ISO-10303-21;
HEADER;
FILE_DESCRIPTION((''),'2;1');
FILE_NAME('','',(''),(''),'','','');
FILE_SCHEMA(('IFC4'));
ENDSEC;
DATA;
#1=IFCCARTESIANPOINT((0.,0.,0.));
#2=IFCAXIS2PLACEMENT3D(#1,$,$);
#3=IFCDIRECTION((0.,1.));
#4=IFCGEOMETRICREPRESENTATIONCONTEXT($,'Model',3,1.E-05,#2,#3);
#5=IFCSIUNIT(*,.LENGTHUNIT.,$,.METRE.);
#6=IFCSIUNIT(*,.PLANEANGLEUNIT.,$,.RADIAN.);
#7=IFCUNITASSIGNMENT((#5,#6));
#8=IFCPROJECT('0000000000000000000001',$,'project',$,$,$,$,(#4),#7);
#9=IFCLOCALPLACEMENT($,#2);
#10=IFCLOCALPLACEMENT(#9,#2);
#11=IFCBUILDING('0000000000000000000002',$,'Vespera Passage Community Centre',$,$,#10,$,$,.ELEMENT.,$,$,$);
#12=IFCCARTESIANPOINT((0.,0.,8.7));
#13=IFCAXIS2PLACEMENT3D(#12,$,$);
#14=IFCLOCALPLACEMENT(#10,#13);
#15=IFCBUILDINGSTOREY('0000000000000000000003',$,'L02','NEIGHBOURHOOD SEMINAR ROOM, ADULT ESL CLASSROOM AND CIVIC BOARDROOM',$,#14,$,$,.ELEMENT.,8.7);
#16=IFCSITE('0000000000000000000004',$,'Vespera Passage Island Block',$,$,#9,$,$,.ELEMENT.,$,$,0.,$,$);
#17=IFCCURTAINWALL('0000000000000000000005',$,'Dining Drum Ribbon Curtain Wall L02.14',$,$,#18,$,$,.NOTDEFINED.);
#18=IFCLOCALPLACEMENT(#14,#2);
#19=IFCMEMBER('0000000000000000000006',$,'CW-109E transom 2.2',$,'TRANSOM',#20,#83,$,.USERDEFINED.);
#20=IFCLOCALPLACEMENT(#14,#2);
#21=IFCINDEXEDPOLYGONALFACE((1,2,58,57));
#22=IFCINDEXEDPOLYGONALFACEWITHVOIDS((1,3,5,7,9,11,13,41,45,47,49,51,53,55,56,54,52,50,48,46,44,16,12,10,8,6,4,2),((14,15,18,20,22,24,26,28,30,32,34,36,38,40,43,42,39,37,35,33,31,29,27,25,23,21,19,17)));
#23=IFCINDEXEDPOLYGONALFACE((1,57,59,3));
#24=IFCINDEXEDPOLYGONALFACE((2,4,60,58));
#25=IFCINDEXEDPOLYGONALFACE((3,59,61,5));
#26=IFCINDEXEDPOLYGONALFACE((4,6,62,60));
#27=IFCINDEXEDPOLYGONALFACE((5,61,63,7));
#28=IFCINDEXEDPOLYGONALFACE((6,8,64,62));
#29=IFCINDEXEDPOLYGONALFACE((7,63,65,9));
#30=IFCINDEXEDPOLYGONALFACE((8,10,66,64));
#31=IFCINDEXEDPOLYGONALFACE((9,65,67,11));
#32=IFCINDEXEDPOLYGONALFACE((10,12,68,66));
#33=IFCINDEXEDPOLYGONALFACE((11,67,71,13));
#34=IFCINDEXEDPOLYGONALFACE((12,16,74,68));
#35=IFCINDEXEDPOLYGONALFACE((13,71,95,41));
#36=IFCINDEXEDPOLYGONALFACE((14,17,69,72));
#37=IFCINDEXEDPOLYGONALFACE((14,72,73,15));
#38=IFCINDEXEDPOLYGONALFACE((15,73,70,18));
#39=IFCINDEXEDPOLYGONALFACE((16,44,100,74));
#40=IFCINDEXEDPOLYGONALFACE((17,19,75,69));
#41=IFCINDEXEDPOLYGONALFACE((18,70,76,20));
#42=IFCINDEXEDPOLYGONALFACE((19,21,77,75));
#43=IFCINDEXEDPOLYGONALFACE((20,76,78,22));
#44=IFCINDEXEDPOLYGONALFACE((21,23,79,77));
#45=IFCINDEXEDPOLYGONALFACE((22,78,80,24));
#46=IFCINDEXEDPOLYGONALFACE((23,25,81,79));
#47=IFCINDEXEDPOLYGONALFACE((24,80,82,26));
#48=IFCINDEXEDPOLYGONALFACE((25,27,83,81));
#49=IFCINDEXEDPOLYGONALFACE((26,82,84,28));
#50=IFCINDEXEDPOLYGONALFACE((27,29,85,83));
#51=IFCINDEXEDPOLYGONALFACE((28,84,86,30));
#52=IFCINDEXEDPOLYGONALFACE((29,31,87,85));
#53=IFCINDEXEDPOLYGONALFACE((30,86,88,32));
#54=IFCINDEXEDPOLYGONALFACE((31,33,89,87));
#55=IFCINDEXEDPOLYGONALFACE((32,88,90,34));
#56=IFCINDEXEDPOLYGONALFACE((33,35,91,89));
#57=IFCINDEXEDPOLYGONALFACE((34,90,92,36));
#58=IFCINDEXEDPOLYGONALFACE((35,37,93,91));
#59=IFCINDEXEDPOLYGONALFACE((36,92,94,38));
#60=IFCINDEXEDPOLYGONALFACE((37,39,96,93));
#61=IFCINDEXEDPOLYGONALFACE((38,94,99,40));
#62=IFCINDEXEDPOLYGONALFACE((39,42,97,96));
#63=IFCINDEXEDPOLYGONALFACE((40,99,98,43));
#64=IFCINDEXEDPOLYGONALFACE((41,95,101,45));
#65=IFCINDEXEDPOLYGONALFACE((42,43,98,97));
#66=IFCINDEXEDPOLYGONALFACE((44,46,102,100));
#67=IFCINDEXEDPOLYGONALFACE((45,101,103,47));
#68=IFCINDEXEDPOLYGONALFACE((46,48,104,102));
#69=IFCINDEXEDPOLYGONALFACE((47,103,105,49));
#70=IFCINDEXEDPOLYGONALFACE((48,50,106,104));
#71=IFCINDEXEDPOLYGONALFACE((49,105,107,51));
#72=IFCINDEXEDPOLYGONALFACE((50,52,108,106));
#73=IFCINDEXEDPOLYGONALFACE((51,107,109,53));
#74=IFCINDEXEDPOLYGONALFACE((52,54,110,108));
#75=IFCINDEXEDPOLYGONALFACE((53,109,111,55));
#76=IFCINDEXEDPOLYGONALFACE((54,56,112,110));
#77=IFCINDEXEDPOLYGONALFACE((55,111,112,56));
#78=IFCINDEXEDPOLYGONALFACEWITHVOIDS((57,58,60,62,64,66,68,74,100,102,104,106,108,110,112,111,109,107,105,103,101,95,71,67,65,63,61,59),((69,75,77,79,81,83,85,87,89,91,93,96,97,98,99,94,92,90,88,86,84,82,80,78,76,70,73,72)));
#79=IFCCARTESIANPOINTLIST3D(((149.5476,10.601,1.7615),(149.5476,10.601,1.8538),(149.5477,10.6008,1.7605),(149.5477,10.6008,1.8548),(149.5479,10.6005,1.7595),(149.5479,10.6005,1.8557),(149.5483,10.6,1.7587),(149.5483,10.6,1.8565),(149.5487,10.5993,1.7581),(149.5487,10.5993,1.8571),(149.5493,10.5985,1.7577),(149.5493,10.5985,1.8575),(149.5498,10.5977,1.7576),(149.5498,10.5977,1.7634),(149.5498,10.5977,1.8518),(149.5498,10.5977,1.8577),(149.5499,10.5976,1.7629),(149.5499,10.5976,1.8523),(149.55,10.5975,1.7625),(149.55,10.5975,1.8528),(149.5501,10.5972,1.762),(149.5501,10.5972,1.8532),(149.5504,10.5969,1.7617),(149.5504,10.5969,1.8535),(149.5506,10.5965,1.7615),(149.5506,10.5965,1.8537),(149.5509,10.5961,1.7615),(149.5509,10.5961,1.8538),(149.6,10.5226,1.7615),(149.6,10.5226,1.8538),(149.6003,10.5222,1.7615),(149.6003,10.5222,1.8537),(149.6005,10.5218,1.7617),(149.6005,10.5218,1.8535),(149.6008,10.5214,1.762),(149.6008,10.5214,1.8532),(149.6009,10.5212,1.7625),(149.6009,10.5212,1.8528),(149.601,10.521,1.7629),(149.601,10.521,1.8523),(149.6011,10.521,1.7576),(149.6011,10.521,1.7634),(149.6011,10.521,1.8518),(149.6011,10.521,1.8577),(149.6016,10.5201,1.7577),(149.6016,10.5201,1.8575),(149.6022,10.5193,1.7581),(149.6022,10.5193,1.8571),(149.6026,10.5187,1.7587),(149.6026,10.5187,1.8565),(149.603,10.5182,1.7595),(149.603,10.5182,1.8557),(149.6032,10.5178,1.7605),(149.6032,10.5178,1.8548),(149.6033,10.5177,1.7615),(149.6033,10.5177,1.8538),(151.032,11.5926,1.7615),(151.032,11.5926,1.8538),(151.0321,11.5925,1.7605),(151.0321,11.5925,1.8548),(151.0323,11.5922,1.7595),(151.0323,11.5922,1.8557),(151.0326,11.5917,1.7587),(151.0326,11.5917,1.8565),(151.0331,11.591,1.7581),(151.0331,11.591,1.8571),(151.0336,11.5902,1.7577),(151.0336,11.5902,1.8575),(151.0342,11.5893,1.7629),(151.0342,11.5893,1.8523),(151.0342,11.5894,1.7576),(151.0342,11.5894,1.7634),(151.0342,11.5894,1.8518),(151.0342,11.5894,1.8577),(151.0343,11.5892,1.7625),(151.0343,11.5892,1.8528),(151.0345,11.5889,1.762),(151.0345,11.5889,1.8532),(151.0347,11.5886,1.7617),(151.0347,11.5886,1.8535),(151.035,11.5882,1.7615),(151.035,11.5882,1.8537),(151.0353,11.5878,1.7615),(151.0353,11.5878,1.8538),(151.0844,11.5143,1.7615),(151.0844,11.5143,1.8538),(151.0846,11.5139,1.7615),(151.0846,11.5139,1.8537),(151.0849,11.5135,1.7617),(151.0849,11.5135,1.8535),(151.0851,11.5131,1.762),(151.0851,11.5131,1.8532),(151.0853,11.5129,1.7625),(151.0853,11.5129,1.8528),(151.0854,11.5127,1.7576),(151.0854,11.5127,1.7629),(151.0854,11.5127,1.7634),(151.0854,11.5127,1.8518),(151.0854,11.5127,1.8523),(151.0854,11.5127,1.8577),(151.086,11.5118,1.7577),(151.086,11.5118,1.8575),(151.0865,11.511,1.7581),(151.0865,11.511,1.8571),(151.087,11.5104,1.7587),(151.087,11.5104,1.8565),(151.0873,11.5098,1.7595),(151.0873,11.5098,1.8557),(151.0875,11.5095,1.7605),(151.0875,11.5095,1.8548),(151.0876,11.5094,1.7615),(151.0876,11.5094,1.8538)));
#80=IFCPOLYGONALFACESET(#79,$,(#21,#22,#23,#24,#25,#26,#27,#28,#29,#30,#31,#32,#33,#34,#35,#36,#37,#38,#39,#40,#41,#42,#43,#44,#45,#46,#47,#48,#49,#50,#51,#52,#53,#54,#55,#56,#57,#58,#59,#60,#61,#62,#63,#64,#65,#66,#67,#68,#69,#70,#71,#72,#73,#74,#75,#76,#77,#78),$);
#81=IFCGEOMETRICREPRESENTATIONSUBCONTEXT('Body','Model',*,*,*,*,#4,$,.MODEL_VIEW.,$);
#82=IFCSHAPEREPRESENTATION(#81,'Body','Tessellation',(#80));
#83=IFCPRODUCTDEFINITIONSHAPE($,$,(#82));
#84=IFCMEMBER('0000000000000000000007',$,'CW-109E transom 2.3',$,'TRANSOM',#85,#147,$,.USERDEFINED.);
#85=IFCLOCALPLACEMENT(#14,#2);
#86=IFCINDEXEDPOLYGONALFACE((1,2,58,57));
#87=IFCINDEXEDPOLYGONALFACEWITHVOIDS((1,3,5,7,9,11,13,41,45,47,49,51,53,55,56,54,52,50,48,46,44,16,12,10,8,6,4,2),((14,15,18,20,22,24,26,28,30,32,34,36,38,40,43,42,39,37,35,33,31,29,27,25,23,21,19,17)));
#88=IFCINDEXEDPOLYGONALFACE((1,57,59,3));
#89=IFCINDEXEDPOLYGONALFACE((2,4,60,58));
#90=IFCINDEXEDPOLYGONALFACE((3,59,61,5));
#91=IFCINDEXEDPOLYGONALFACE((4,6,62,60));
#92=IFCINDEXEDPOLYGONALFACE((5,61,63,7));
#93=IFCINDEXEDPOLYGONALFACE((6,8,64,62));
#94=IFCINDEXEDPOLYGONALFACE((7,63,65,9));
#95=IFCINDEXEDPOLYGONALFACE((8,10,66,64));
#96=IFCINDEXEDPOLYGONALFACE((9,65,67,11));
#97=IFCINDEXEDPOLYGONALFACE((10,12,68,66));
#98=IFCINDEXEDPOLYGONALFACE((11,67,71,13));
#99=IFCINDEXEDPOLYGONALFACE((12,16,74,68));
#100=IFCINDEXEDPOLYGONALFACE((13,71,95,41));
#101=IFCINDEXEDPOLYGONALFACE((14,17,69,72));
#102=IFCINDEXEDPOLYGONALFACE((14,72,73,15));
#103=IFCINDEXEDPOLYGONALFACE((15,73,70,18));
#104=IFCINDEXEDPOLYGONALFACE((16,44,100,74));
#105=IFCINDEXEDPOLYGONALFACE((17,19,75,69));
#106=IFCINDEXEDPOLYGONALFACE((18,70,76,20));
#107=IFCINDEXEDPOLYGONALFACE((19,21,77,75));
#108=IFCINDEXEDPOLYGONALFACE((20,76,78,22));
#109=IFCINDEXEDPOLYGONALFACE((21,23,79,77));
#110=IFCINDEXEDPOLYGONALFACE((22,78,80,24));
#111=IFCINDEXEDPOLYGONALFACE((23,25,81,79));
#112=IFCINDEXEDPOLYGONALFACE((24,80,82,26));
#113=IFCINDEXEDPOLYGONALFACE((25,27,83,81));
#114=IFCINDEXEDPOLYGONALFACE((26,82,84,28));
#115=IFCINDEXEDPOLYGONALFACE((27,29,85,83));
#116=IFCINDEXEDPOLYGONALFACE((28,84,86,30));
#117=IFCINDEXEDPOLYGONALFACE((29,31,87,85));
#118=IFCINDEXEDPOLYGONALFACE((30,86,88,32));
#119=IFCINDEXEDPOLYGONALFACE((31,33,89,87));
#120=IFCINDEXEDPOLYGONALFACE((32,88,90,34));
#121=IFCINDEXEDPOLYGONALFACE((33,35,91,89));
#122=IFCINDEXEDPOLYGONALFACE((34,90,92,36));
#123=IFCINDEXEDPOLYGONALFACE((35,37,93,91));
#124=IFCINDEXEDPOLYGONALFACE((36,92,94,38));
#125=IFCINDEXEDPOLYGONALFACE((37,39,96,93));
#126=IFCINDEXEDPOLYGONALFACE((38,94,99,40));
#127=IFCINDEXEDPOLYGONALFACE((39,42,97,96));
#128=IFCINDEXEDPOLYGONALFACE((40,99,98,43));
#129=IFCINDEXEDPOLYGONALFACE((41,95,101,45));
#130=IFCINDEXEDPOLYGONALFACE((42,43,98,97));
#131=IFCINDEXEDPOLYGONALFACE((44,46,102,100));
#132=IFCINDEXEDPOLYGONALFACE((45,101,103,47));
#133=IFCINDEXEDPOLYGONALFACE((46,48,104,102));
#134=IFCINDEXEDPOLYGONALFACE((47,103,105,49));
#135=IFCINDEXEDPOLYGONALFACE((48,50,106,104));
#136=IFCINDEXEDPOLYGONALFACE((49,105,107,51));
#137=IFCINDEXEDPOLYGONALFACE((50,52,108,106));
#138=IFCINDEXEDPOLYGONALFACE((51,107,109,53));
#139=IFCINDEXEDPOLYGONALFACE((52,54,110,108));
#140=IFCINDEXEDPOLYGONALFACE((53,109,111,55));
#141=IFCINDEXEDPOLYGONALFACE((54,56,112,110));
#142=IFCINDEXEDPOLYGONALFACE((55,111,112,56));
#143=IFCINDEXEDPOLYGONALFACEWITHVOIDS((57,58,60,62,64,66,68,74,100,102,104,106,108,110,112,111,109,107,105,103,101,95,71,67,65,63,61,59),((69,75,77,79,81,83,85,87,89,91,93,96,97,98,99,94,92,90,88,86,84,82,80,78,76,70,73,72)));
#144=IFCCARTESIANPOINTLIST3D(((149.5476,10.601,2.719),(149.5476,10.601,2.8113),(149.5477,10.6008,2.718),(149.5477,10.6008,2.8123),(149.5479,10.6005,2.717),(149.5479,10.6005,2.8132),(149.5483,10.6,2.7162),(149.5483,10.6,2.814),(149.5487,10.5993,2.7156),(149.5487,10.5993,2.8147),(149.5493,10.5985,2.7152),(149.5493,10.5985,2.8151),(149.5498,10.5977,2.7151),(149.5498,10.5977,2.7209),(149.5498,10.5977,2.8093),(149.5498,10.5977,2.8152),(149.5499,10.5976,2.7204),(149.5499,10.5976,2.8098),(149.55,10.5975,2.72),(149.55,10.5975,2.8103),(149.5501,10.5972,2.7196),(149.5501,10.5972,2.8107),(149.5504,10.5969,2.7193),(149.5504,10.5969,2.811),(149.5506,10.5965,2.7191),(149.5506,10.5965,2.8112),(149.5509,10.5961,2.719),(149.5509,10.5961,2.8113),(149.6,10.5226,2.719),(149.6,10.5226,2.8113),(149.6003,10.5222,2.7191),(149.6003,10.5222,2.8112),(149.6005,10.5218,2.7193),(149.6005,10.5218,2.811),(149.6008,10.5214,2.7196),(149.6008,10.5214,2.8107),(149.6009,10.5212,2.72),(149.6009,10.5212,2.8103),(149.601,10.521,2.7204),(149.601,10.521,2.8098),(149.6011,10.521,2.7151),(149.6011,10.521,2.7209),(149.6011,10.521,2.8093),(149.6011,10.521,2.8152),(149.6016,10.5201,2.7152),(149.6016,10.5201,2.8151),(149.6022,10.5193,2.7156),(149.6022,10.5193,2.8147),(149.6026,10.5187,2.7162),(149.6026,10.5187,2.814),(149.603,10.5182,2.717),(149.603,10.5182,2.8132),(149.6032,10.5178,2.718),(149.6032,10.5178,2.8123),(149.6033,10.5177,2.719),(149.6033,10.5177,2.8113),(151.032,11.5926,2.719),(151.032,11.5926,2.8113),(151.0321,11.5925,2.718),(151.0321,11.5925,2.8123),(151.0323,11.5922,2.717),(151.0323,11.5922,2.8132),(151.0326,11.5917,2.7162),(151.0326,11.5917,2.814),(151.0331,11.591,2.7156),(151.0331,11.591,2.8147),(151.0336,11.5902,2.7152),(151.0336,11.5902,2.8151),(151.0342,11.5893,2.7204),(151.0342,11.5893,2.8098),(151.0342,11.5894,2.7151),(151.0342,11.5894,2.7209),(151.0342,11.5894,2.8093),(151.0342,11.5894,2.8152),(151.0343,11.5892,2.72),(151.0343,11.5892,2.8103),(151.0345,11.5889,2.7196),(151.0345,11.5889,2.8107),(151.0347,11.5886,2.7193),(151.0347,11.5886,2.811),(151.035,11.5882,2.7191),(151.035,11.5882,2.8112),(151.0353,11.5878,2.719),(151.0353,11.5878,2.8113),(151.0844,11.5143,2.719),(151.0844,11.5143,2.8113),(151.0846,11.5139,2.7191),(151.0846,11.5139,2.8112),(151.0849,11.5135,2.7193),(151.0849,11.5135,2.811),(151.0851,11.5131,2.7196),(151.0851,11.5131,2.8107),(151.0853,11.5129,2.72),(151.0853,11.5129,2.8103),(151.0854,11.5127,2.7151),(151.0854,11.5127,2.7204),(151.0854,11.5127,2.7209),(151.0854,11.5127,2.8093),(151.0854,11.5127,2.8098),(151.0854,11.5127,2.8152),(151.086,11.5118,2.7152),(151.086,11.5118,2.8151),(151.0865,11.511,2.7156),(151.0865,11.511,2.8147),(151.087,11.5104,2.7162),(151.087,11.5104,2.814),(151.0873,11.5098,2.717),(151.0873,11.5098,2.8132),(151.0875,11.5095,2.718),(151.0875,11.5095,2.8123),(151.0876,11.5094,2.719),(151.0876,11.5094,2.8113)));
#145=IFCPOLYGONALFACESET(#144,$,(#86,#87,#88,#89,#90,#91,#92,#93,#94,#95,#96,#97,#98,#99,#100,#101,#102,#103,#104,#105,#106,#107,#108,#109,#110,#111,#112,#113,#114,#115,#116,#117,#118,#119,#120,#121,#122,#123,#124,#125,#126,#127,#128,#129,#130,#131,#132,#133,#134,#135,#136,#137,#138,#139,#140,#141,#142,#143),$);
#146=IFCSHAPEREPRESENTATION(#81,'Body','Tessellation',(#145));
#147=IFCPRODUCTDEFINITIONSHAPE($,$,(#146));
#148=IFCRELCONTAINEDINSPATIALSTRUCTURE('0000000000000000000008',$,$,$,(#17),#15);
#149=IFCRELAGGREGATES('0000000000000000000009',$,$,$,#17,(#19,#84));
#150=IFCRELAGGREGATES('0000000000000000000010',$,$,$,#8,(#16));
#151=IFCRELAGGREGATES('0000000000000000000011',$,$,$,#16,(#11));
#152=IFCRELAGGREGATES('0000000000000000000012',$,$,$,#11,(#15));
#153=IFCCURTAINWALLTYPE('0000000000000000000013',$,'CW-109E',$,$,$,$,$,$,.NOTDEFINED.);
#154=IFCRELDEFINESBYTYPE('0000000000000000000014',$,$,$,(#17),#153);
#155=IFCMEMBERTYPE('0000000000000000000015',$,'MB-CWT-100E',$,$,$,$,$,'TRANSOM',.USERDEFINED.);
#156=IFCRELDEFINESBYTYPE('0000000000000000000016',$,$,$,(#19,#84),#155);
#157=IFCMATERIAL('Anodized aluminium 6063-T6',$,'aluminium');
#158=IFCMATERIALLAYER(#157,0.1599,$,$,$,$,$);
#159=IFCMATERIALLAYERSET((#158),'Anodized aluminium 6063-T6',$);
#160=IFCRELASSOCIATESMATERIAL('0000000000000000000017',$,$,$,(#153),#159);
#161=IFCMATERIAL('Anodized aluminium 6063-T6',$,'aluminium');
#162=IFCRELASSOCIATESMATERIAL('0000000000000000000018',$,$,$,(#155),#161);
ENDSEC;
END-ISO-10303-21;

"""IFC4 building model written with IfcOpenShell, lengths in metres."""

from ifc_helpers import new_model, si_unit, direction, frame, origin, origin_2d, place, context, subcontext, project, spatial, hollow_rectangle, extrude, material, layer, layer_set, material_profile, profile_set, type_object, element, aggregate, save


model = new_model("IFC4")

# Units and contexts
model_context = context("Model", 3, precision=1e-05, world=origin(), true_north=direction((0.0, 1.0)))
body_context = subcontext(model_context, "Body", "Model", "MODEL_VIEW")
ifc_project = project(units=[si_unit("LENGTHUNIT", "METRE"), si_unit("PLANEANGLEUNIT", "RADIAN")], contexts=[model_context])

# Site, building, storey
site_placement = place(None, origin())
site = spatial("IfcSite", under=ifc_project, at=site_placement, Name="Vespera Passage Island Block", CompositionType="ELEMENT", RefElevation=0.0)
building_placement = place(site_placement, origin())
building = spatial("IfcBuilding", under=site, at=building_placement, Name="Vespera Passage Community Centre", CompositionType="ELEMENT")
storey_placement = place(building_placement, frame((0.0, 0.0, 8.7)))
storey = spatial("IfcBuildingStorey", under=building, at=storey_placement, Name="L02", Description="NEIGHBOURHOOD SEMINAR ROOM, ADULT ESL CLASSROOM AND CIVIC BOARDROOM", CompositionType="ELEMENT", Elevation=8.7)

# Curtain wall
ifc_material_1 = material(Name="Anodized aluminium 6063-T6", Category="aluminium")
ifc_layer_1 = layer(ifc_material_1, 0.1599)
ifc_layer_set_1 = layer_set([ifc_layer_1], Name="Anodized aluminium 6063-T6")
curtain_wall_type_1 = type_object("IfcCurtainWallType", Name="CW-109E", PredefinedType="NOTDEFINED", material=ifc_layer_set_1)
curtain_wall_1_placement = place(storey_placement, origin())
curtain_wall_1 = element("IfcCurtainWall", 1, at=curtain_wall_1_placement, inside=storey, type_object=curtain_wall_type_1, Name="Dining Drum Ribbon Curtain Wall L02.14", PredefinedType="NOTDEFINED")

# Members
ifc_material_2 = material(Name="Anodized aluminium 6063-T6", Category="aluminium")
ifc_material_profile_1 = material_profile(ifc_material_2, hollow_rectangle(XDim=0.1001, YDim=0.1001, WallThickness=0.0039, InnerFilletRadius=0.002, OuterFilletRadius=0.0039, at=origin_2d()), Name="ALU100X100X4")
ifc_profile_set_1 = profile_set([ifc_material_profile_1], Name="Anodized aluminium 6063-T6")
member_type_1 = type_object("IfcMemberType", Name="MB-CWT-100E", ElementType="TRANSOM", PredefinedType="USERDEFINED", material=ifc_profile_set_1)
member_1_placement = place(storey_placement, frame((151.0598, 11.551, 1.8076), z_axis=(-0.831503, -0.55552, 0.0), x_axis=(0.55552, -0.831503, 0.0)))
member_1 = element("IfcMember", 2, at=member_1_placement, type_object=member_type_1, Name="CW-109E transom 2.2", ObjectType="TRANSOM", PredefinedType="USERDEFINED", context=body_context, shape_type="SweptSolid", body=[
    extrude(hollow_rectangle(XDim=0.1001, YDim=0.1001, WallThickness=0.0039, InnerFilletRadius=0.002, OuterFilletRadius=0.0039, at=origin_2d()), origin(), (0.0, 0.0, 1.0), 1.7852),
])
member_2_placement = place(storey_placement, frame((151.0598, 11.551, 2.7651), z_axis=(-0.831503, -0.55552, 0.0), x_axis=(0.55552, -0.831503, 0.0)))
member_2 = element("IfcMember", 3, at=member_2_placement, type_object=member_type_1, Name="CW-109E transom 2.3", ObjectType="TRANSOM", PredefinedType="USERDEFINED", context=body_context, shape_type="SweptSolid", body=[
    extrude(hollow_rectangle(XDim=0.1001, YDim=0.1001, WallThickness=0.0039, InnerFilletRadius=0.002, OuterFilletRadius=0.0039, at=origin_2d()), origin(), (0.0, 0.0, 1.0), 1.7852),
])

aggregate(curtain_wall_1, [member_1, member_2])

save(model, "model.ifc")
